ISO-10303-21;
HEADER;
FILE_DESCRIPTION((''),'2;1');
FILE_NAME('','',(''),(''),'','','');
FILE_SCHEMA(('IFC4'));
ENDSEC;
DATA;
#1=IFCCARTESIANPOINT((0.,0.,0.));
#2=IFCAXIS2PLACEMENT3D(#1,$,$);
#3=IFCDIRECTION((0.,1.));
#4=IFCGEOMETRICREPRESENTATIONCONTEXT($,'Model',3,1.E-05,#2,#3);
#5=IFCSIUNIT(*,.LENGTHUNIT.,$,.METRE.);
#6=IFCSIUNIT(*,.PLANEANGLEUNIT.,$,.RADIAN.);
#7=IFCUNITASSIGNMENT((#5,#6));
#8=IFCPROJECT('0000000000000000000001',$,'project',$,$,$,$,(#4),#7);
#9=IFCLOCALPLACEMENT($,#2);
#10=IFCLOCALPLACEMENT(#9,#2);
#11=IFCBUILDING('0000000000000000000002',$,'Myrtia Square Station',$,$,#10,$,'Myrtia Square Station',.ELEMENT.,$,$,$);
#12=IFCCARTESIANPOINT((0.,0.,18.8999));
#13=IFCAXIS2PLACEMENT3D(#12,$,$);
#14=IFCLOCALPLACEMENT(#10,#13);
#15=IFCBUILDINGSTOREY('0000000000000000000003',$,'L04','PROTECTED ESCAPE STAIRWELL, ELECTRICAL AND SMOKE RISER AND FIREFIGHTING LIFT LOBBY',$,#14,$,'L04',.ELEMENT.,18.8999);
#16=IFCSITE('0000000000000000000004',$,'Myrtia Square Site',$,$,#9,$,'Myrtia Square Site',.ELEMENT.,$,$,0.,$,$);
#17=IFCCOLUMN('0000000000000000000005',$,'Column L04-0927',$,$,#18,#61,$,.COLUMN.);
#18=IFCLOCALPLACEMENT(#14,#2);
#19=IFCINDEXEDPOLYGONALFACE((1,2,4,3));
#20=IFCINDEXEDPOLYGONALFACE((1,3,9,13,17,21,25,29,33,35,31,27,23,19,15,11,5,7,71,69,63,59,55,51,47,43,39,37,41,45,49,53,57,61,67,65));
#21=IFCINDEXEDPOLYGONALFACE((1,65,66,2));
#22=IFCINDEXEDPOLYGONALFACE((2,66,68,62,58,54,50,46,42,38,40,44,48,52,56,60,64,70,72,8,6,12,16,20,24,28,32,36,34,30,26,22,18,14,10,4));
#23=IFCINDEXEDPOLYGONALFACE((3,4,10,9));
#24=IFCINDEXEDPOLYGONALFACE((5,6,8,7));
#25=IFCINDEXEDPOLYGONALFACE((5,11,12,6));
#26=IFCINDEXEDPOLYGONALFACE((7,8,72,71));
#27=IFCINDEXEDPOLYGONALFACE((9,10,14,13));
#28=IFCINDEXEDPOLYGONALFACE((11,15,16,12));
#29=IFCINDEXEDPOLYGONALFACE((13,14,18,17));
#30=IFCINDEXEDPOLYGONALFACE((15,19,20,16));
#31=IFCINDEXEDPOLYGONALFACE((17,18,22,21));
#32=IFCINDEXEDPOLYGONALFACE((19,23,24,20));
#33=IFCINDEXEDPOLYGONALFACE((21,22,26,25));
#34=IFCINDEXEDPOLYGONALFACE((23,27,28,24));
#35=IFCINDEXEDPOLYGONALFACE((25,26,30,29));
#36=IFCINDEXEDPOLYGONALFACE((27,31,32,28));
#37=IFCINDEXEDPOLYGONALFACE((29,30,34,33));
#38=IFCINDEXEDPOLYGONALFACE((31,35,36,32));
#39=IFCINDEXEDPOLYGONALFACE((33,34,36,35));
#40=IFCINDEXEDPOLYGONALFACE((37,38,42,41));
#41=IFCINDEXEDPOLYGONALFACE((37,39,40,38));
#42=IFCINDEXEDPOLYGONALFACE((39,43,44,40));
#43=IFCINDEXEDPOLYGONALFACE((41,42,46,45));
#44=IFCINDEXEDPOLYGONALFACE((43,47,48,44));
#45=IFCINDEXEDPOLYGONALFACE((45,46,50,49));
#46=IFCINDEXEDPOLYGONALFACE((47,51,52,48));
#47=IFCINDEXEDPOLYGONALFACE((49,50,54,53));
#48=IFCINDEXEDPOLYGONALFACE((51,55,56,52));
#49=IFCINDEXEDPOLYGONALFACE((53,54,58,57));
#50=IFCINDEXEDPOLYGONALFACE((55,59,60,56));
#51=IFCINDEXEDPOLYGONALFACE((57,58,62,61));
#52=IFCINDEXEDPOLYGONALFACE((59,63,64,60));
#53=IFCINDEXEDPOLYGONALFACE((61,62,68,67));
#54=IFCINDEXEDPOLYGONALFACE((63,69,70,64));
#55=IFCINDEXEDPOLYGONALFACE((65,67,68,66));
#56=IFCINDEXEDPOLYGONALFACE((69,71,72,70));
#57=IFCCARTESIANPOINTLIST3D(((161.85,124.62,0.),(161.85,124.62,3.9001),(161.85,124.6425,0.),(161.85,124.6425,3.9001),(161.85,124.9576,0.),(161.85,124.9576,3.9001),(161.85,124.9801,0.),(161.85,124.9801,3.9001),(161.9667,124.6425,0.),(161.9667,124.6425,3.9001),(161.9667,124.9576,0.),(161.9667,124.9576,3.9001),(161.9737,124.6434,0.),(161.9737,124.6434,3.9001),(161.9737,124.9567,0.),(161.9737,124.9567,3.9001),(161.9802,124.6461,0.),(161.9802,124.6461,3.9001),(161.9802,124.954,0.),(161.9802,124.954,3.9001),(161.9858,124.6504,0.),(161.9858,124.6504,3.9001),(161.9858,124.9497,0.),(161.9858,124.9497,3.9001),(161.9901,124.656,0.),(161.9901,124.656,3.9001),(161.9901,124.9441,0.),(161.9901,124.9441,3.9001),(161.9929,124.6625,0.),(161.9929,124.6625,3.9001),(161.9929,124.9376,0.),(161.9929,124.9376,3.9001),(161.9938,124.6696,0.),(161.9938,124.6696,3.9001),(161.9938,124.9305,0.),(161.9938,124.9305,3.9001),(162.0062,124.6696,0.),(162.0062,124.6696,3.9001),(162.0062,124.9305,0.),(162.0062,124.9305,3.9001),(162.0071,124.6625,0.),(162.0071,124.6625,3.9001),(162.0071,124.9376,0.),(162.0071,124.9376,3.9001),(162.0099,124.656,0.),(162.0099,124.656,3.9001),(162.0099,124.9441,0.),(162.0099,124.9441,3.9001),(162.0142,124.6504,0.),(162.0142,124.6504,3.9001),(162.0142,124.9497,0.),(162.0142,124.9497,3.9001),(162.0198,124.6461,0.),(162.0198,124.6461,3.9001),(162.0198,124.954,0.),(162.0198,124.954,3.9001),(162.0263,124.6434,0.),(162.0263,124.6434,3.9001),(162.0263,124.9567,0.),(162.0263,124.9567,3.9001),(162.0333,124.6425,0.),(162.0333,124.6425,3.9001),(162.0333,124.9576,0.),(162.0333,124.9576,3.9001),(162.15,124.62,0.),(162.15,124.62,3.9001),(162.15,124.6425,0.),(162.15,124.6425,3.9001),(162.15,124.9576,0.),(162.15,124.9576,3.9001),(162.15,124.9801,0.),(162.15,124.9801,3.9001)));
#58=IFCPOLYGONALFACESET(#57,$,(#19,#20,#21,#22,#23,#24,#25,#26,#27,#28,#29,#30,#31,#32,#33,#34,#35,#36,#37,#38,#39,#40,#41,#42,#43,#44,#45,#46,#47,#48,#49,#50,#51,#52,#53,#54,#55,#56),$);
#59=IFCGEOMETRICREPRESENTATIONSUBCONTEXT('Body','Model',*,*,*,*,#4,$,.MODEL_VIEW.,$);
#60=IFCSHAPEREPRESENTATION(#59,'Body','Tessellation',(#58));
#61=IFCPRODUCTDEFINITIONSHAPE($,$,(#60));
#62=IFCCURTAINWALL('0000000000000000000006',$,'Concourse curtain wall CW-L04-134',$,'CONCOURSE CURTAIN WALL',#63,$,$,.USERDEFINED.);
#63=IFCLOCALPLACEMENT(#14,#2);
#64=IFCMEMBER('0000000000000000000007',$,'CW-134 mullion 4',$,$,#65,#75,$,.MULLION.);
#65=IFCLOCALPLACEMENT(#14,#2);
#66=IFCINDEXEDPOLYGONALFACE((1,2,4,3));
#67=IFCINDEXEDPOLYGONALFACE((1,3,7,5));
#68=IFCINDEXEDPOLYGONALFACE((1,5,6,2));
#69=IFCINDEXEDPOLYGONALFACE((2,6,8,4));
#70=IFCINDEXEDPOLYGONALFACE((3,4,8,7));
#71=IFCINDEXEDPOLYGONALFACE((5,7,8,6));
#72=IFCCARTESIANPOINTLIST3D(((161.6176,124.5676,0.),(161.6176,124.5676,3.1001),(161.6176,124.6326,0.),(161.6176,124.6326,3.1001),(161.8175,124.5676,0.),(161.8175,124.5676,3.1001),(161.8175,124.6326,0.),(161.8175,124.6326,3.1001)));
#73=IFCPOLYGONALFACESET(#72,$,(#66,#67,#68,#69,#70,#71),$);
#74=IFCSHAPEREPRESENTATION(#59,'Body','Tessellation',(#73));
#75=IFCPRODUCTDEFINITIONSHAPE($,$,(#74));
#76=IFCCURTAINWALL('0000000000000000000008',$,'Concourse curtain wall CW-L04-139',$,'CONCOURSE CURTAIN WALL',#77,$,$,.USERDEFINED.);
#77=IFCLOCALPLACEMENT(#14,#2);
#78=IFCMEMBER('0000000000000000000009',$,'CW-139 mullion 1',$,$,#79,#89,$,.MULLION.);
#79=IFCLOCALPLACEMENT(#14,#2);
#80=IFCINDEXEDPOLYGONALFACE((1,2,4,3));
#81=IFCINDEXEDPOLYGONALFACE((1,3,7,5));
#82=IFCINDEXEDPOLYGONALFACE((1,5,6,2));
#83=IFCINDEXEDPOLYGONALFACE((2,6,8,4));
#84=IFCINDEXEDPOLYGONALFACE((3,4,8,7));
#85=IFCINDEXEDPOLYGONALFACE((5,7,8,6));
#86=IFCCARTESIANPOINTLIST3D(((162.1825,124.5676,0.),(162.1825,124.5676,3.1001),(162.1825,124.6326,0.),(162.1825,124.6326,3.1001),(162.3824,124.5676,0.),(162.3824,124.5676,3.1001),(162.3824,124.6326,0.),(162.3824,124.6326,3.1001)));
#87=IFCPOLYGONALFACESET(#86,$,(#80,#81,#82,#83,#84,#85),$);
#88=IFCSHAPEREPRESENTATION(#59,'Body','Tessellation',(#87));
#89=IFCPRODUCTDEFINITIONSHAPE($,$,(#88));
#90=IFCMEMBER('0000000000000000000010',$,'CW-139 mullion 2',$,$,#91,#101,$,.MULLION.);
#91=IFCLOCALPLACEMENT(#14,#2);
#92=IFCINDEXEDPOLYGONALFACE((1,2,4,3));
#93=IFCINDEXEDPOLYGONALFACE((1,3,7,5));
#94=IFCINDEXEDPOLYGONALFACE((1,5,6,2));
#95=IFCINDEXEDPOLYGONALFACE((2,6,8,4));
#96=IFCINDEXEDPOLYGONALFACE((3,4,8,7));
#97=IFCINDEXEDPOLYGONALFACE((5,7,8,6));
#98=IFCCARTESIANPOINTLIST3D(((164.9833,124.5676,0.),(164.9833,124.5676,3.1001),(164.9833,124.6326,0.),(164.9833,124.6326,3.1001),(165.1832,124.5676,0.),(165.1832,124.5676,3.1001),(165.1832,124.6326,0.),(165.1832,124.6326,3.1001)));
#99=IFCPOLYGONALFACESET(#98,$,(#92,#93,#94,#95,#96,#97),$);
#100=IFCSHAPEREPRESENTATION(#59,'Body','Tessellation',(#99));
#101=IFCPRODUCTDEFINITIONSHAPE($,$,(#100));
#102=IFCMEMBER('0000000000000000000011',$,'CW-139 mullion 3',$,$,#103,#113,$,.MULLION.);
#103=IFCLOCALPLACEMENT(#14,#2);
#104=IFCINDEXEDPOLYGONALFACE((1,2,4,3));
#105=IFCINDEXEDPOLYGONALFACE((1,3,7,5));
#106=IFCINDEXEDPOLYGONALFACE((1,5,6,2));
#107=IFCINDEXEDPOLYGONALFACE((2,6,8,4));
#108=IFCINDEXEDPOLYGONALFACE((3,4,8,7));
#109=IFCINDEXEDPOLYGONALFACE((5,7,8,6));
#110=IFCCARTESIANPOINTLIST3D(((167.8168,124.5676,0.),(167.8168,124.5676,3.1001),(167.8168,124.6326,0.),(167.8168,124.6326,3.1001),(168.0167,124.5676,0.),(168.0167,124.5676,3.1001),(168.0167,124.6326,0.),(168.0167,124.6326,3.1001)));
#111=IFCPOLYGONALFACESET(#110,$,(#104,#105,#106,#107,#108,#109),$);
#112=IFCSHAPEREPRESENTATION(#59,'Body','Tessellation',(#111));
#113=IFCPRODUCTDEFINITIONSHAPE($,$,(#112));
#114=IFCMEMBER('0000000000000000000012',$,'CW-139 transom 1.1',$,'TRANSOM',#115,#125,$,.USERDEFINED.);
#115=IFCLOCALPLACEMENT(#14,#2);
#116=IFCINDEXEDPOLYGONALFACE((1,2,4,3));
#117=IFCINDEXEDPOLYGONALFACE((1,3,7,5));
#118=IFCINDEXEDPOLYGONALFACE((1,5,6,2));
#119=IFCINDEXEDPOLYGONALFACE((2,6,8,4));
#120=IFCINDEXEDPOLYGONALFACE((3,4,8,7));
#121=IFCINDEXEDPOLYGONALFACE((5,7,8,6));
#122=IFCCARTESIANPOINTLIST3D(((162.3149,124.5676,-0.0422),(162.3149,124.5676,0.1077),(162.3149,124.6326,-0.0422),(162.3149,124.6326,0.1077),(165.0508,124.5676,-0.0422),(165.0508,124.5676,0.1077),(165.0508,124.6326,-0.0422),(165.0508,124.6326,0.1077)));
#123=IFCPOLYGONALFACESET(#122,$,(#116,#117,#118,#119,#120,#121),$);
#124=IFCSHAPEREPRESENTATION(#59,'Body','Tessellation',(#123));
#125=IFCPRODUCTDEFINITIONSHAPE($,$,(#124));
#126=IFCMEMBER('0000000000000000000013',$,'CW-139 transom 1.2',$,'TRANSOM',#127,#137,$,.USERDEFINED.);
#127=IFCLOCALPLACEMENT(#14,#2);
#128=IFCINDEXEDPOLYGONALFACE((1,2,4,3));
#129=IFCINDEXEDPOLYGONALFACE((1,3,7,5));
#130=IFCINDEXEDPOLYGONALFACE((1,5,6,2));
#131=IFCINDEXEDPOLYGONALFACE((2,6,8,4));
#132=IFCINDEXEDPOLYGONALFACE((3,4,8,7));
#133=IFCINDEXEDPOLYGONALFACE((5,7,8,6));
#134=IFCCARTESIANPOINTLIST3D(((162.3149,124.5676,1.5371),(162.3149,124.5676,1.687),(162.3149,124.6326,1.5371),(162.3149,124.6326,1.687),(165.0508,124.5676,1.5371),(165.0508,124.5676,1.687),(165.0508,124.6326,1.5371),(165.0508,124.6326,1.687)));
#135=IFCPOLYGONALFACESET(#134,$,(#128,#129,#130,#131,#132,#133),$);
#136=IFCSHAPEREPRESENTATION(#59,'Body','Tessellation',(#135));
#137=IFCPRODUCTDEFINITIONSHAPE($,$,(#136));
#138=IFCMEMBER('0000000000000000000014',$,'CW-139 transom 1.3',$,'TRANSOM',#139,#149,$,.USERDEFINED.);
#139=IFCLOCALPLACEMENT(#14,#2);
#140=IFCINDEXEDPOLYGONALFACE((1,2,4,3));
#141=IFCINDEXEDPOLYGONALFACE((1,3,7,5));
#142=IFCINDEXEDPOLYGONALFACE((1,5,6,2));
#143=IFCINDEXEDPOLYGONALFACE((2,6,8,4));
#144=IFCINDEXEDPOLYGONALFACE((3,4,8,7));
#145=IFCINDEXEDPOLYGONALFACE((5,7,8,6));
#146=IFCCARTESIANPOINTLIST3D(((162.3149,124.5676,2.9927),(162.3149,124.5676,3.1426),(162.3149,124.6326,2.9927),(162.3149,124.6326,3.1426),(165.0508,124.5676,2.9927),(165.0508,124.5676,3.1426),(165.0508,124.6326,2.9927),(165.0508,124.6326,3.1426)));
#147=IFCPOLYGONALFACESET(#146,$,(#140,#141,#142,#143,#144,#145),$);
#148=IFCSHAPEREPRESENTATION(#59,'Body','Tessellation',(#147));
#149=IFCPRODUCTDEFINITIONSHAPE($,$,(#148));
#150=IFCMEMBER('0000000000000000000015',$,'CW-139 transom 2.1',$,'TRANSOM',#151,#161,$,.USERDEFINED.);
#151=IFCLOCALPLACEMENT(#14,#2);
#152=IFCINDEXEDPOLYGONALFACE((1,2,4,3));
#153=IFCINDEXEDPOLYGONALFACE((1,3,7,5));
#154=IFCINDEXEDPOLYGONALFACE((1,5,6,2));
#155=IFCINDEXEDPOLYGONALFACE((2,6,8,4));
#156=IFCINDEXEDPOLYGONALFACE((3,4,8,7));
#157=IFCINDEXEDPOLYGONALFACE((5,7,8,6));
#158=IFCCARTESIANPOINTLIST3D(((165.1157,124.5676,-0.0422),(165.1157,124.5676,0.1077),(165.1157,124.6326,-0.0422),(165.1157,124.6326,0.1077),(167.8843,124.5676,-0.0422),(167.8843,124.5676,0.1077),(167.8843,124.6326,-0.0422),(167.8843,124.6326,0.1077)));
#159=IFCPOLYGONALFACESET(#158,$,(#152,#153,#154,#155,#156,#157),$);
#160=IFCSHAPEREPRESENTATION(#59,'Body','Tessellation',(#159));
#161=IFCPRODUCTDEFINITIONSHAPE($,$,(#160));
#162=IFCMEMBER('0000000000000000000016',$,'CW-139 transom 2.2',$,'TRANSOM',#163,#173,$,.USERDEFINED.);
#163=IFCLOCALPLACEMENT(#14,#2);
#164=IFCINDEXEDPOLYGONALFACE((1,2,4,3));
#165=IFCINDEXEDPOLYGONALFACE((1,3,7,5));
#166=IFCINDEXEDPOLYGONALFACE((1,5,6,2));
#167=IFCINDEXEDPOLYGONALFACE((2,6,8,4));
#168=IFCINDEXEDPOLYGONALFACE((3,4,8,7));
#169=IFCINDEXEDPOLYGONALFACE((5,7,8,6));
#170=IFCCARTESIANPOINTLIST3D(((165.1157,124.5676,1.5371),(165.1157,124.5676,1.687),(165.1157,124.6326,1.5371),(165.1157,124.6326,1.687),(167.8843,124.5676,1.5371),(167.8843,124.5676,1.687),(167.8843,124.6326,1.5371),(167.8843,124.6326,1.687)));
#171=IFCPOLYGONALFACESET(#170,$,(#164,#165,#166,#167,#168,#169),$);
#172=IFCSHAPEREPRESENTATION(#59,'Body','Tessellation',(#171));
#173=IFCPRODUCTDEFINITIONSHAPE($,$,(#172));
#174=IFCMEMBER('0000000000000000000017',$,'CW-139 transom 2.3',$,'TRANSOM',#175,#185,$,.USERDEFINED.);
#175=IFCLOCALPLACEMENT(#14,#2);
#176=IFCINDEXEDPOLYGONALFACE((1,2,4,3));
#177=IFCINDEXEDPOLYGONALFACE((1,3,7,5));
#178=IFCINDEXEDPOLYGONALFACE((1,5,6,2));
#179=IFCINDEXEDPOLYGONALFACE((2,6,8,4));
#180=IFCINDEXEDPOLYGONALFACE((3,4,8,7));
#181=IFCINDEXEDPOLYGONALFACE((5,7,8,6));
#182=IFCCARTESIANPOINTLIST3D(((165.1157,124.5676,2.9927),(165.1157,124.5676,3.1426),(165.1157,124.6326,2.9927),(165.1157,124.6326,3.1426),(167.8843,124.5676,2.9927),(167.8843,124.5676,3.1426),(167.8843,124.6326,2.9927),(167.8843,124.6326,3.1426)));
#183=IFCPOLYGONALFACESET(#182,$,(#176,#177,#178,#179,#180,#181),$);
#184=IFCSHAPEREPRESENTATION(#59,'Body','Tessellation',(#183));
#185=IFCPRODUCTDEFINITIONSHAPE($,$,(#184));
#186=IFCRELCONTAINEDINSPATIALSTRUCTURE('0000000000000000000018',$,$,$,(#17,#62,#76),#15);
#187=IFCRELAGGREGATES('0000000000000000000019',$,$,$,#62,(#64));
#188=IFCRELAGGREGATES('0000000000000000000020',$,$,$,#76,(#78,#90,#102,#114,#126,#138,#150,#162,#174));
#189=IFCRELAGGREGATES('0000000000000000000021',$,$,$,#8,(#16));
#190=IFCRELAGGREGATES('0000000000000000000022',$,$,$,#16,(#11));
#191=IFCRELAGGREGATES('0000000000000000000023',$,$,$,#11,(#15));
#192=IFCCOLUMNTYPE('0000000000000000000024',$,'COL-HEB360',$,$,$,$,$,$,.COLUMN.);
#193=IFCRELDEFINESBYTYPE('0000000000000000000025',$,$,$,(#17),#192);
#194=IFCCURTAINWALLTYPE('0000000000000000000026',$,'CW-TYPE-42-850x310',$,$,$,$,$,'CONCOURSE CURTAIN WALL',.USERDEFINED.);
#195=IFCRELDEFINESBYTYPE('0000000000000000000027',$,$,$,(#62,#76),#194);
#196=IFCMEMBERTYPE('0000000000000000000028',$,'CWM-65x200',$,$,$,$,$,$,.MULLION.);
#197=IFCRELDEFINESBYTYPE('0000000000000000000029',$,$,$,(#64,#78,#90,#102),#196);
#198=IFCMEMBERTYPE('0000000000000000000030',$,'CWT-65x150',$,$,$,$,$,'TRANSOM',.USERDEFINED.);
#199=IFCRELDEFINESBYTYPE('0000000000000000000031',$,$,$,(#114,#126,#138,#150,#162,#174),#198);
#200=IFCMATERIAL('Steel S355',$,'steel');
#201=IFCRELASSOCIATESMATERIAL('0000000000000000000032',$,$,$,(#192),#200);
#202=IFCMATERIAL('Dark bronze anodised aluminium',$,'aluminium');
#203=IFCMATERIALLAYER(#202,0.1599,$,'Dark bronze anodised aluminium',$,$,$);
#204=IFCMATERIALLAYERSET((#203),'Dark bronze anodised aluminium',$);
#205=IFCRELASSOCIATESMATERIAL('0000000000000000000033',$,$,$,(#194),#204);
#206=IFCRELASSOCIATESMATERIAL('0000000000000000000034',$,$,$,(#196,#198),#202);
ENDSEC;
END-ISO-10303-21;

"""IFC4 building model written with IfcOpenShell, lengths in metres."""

from ifc_helpers import new_model, si_unit, direction, frame, origin, origin_2d, place, context, subcontext, project, spatial, rectangle, i_section, extrude, material, layer, layer_set, material_profile, profile_set, type_object, element, aggregate, save


model = new_model("IFC4")

# Units and contexts
model_context = context("Model", 3, precision=1e-05, world=origin(), true_north=direction((0.0, 1.0)))
body_context = subcontext(model_context, "Body", "Model", "MODEL_VIEW")
ifc_project = project(units=[si_unit("LENGTHUNIT", "METRE"), si_unit("PLANEANGLEUNIT", "RADIAN")], contexts=[model_context])

# Site, building, storey
site_placement = place(None, origin())
site = spatial("IfcSite", under=ifc_project, at=site_placement, Name="Myrtia Square Site", LongName="Myrtia Square Site", CompositionType="ELEMENT", RefElevation=0.0)
building_placement = place(site_placement, origin())
building = spatial("IfcBuilding", under=site, at=building_placement, Name="Myrtia Square Station", LongName="Myrtia Square Station", CompositionType="ELEMENT")
storey_placement = place(building_placement, frame((0.0, 0.0, 18.8999)))
storey = spatial("IfcBuildingStorey", under=building, at=storey_placement, Name="L04", Description="PROTECTED ESCAPE STAIRWELL, ELECTRICAL AND SMOKE RISER AND FIREFIGHTING LIFT LOBBY", LongName="L04", CompositionType="ELEMENT", Elevation=18.8999)

# Column
ifc_material_1 = material(Name="Steel S355", Category="steel")
ifc_material_profile_1 = material_profile(ifc_material_1, i_section(OverallWidth=0.3, OverallDepth=0.3601, WebThickness=0.0125, FlangeThickness=0.0225, FilletRadius=0.0271, at=origin_2d()), Name="HEB 360")
ifc_profile_set_1 = profile_set([ifc_material_profile_1], Name="Steel S355")
column_type = type_object("IfcColumnType", Name="COL-HEB360", PredefinedType="COLUMN", material=ifc_profile_set_1)
column_placement = place(storey_placement, frame((162.0, 124.8, 0.0), z_axis=(0.0, 0.0, 1.0), x_axis=(1.0, 0.0, 0.0)))
element("IfcColumn", 1, at=column_placement, inside=storey, type_object=column_type, Name="Column L04-0927", PredefinedType="COLUMN", context=body_context, shape_type="SweptSolid", body=[
    extrude(i_section(OverallWidth=0.3, OverallDepth=0.3601, WebThickness=0.0125, FlangeThickness=0.0225, FilletRadius=0.0271, at=origin_2d()), origin(), (0.0, 0.0, 1.0), 3.9001),
])

# Curtain wall, member
ifc_material_2 = material(Name="Dark bronze anodised aluminium", Category="aluminium")
ifc_layer_1 = layer(ifc_material_2, 0.1599, Name="Dark bronze anodised aluminium")
ifc_layer_set_1 = layer_set([ifc_layer_1], Name="Dark bronze anodised aluminium")
curtain_wall_type = type_object("IfcCurtainWallType", Name="CW-TYPE-42-850x310", ElementType="CONCOURSE CURTAIN WALL", PredefinedType="USERDEFINED", material=ifc_layer_set_1)
curtain_wall_1_placement = place(storey_placement, origin())
curtain_wall_1 = element("IfcCurtainWall", 2, at=curtain_wall_1_placement, inside=storey, type_object=curtain_wall_type, Name="Concourse curtain wall CW-L04-134", ObjectType="CONCOURSE CURTAIN WALL", PredefinedType="USERDEFINED")
ifc_material_profile_2 = material_profile(ifc_material_2, rectangle(XDim=0.0649, YDim=0.2, at=origin_2d()), Name="ALU-M 65x200")
ifc_profile_set_2 = profile_set([ifc_material_profile_2], Name="Dark bronze anodised aluminium")
member_type_1 = type_object("IfcMemberType", Name="CWM-65x200", PredefinedType="MULLION", material=ifc_profile_set_2)
member_1_placement = place(storey_placement, frame((161.7175, 124.6001, 0.0), z_axis=(0.0, 0.0, 1.0), x_axis=(0.0, 1.0, 0.0)))
member_1 = element("IfcMember", 3, at=member_1_placement, type_object=member_type_1, Name="CW-134 mullion 4", PredefinedType="MULLION", context=body_context, shape_type="SweptSolid", body=[
    extrude(rectangle(XDim=0.0649, YDim=0.2, at=origin_2d()), origin(), (0.0, 0.0, 1.0), 3.1001),
])
aggregate(curtain_wall_1, [member_1])

# Curtain wall, members
curtain_wall_2_placement = place(storey_placement, origin())
curtain_wall_2 = element("IfcCurtainWall", 4, at=curtain_wall_2_placement, inside=storey, type_object=curtain_wall_type, Name="Concourse curtain wall CW-L04-139", ObjectType="CONCOURSE CURTAIN WALL", PredefinedType="USERDEFINED")
member_2_placement = place(storey_placement, frame((162.2825, 124.6001, 0.0), z_axis=(0.0, 0.0, 1.0), x_axis=(0.0, 1.0, 0.0)))
member_2 = element("IfcMember", 5, at=member_2_placement, type_object=member_type_1, Name="CW-139 mullion 1", PredefinedType="MULLION", context=body_context, shape_type="SweptSolid", body=[
    extrude(rectangle(XDim=0.0649, YDim=0.2, at=origin_2d()), origin(), (0.0, 0.0, 1.0), 3.1001),
])
member_3_placement = place(storey_placement, frame((165.0833, 124.6001, 0.0), z_axis=(0.0, 0.0, 1.0), x_axis=(0.0, 1.0, 0.0)))
member_3 = element("IfcMember", 6, at=member_3_placement, type_object=member_type_1, Name="CW-139 mullion 2", PredefinedType="MULLION", context=body_context, shape_type="SweptSolid", body=[
    extrude(rectangle(XDim=0.0649, YDim=0.2, at=origin_2d()), origin(), (0.0, 0.0, 1.0), 3.1001),
])
member_4_placement = place(storey_placement, frame((167.9167, 124.6001, 0.0), z_axis=(0.0, 0.0, 1.0), x_axis=(0.0, 1.0, 0.0)))
member_4 = element("IfcMember", 7, at=member_4_placement, type_object=member_type_1, Name="CW-139 mullion 3", PredefinedType="MULLION", context=body_context, shape_type="SweptSolid", body=[
    extrude(rectangle(XDim=0.0649, YDim=0.2, at=origin_2d()), origin(), (0.0, 0.0, 1.0), 3.1001),
])
ifc_material_profile_3 = material_profile(ifc_material_2, rectangle(XDim=0.0649, YDim=0.1499, at=origin_2d()), Name="ALU-T 65x150")
ifc_profile_set_3 = profile_set([ifc_material_profile_3], Name="Dark bronze anodised aluminium")
member_type_2 = type_object("IfcMemberType", Name="CWT-65x150", ElementType="TRANSOM", PredefinedType="USERDEFINED", material=ifc_profile_set_3)
member_5_placement = place(storey_placement, frame((162.3149, 124.6001, 0.0327), z_axis=(1.0, 0.0, 0.0), x_axis=(0.0, 1.0, 0.0)))
member_5 = element("IfcMember", 8, at=member_5_placement, type_object=member_type_2, Name="CW-139 transom 1.1", ObjectType="TRANSOM", PredefinedType="USERDEFINED", context=body_context, shape_type="SweptSolid", body=[
    extrude(rectangle(XDim=0.0649, YDim=0.1499, at=origin_2d()), origin(), (0.0, 0.0, 1.0), 2.7358),
])
member_6_placement = place(storey_placement, frame((162.3149, 124.6001, 1.6121), z_axis=(1.0, 0.0, 0.0), x_axis=(0.0, 1.0, 0.0)))
member_6 = element("IfcMember", 9, at=member_6_placement, type_object=member_type_2, Name="CW-139 transom 1.2", ObjectType="TRANSOM", PredefinedType="USERDEFINED", context=body_context, shape_type="SweptSolid", body=[
    extrude(rectangle(XDim=0.0649, YDim=0.1499, at=origin_2d()), origin(), (0.0, 0.0, 1.0), 2.7358),
])
member_7_placement = place(storey_placement, frame((162.3149, 124.6001, 3.0676), z_axis=(1.0, 0.0, 0.0), x_axis=(0.0, 1.0, 0.0)))
member_7 = element("IfcMember", 10, at=member_7_placement, type_object=member_type_2, Name="CW-139 transom 1.3", ObjectType="TRANSOM", PredefinedType="USERDEFINED", context=body_context, shape_type="SweptSolid", body=[
    extrude(rectangle(XDim=0.0649, YDim=0.1499, at=origin_2d()), origin(), (0.0, 0.0, 1.0), 2.7358),
])
member_8_placement = place(storey_placement, frame((165.1157, 124.6001, 0.0327), z_axis=(1.0, 0.0, 0.0), x_axis=(0.0, 1.0, 0.0)))
member_8 = element("IfcMember", 11, at=member_8_placement, type_object=member_type_2, Name="CW-139 transom 2.1", ObjectType="TRANSOM", PredefinedType="USERDEFINED", context=body_context, shape_type="SweptSolid", body=[
    extrude(rectangle(XDim=0.0649, YDim=0.1499, at=origin_2d()), origin(), (0.0, 0.0, 1.0), 2.7686),
])
member_9_placement = place(storey_placement, frame((165.1157, 124.6001, 1.6121), z_axis=(1.0, 0.0, 0.0), x_axis=(0.0, 1.0, 0.0)))
member_9 = element("IfcMember", 12, at=member_9_placement, type_object=member_type_2, Name="CW-139 transom 2.2", ObjectType="TRANSOM", PredefinedType="USERDEFINED", context=body_context, shape_type="SweptSolid", body=[
    extrude(rectangle(XDim=0.0649, YDim=0.1499, at=origin_2d()), origin(), (0.0, 0.0, 1.0), 2.7686),
])
member_10_placement = place(storey_placement, frame((165.1157, 124.6001, 3.0676), z_axis=(1.0, 0.0, 0.0), x_axis=(0.0, 1.0, 0.0)))
member_10 = element("IfcMember", 13, at=member_10_placement, type_object=member_type_2, Name="CW-139 transom 2.3", ObjectType="TRANSOM", PredefinedType="USERDEFINED", context=body_context, shape_type="SweptSolid", body=[
    extrude(rectangle(XDim=0.0649, YDim=0.1499, at=origin_2d()), origin(), (0.0, 0.0, 1.0), 2.7686),
])

aggregate(curtain_wall_2, [member_2, member_3, member_4, member_5, member_6, member_7, member_8, member_9, member_10])

save(model, "model.ifc")
